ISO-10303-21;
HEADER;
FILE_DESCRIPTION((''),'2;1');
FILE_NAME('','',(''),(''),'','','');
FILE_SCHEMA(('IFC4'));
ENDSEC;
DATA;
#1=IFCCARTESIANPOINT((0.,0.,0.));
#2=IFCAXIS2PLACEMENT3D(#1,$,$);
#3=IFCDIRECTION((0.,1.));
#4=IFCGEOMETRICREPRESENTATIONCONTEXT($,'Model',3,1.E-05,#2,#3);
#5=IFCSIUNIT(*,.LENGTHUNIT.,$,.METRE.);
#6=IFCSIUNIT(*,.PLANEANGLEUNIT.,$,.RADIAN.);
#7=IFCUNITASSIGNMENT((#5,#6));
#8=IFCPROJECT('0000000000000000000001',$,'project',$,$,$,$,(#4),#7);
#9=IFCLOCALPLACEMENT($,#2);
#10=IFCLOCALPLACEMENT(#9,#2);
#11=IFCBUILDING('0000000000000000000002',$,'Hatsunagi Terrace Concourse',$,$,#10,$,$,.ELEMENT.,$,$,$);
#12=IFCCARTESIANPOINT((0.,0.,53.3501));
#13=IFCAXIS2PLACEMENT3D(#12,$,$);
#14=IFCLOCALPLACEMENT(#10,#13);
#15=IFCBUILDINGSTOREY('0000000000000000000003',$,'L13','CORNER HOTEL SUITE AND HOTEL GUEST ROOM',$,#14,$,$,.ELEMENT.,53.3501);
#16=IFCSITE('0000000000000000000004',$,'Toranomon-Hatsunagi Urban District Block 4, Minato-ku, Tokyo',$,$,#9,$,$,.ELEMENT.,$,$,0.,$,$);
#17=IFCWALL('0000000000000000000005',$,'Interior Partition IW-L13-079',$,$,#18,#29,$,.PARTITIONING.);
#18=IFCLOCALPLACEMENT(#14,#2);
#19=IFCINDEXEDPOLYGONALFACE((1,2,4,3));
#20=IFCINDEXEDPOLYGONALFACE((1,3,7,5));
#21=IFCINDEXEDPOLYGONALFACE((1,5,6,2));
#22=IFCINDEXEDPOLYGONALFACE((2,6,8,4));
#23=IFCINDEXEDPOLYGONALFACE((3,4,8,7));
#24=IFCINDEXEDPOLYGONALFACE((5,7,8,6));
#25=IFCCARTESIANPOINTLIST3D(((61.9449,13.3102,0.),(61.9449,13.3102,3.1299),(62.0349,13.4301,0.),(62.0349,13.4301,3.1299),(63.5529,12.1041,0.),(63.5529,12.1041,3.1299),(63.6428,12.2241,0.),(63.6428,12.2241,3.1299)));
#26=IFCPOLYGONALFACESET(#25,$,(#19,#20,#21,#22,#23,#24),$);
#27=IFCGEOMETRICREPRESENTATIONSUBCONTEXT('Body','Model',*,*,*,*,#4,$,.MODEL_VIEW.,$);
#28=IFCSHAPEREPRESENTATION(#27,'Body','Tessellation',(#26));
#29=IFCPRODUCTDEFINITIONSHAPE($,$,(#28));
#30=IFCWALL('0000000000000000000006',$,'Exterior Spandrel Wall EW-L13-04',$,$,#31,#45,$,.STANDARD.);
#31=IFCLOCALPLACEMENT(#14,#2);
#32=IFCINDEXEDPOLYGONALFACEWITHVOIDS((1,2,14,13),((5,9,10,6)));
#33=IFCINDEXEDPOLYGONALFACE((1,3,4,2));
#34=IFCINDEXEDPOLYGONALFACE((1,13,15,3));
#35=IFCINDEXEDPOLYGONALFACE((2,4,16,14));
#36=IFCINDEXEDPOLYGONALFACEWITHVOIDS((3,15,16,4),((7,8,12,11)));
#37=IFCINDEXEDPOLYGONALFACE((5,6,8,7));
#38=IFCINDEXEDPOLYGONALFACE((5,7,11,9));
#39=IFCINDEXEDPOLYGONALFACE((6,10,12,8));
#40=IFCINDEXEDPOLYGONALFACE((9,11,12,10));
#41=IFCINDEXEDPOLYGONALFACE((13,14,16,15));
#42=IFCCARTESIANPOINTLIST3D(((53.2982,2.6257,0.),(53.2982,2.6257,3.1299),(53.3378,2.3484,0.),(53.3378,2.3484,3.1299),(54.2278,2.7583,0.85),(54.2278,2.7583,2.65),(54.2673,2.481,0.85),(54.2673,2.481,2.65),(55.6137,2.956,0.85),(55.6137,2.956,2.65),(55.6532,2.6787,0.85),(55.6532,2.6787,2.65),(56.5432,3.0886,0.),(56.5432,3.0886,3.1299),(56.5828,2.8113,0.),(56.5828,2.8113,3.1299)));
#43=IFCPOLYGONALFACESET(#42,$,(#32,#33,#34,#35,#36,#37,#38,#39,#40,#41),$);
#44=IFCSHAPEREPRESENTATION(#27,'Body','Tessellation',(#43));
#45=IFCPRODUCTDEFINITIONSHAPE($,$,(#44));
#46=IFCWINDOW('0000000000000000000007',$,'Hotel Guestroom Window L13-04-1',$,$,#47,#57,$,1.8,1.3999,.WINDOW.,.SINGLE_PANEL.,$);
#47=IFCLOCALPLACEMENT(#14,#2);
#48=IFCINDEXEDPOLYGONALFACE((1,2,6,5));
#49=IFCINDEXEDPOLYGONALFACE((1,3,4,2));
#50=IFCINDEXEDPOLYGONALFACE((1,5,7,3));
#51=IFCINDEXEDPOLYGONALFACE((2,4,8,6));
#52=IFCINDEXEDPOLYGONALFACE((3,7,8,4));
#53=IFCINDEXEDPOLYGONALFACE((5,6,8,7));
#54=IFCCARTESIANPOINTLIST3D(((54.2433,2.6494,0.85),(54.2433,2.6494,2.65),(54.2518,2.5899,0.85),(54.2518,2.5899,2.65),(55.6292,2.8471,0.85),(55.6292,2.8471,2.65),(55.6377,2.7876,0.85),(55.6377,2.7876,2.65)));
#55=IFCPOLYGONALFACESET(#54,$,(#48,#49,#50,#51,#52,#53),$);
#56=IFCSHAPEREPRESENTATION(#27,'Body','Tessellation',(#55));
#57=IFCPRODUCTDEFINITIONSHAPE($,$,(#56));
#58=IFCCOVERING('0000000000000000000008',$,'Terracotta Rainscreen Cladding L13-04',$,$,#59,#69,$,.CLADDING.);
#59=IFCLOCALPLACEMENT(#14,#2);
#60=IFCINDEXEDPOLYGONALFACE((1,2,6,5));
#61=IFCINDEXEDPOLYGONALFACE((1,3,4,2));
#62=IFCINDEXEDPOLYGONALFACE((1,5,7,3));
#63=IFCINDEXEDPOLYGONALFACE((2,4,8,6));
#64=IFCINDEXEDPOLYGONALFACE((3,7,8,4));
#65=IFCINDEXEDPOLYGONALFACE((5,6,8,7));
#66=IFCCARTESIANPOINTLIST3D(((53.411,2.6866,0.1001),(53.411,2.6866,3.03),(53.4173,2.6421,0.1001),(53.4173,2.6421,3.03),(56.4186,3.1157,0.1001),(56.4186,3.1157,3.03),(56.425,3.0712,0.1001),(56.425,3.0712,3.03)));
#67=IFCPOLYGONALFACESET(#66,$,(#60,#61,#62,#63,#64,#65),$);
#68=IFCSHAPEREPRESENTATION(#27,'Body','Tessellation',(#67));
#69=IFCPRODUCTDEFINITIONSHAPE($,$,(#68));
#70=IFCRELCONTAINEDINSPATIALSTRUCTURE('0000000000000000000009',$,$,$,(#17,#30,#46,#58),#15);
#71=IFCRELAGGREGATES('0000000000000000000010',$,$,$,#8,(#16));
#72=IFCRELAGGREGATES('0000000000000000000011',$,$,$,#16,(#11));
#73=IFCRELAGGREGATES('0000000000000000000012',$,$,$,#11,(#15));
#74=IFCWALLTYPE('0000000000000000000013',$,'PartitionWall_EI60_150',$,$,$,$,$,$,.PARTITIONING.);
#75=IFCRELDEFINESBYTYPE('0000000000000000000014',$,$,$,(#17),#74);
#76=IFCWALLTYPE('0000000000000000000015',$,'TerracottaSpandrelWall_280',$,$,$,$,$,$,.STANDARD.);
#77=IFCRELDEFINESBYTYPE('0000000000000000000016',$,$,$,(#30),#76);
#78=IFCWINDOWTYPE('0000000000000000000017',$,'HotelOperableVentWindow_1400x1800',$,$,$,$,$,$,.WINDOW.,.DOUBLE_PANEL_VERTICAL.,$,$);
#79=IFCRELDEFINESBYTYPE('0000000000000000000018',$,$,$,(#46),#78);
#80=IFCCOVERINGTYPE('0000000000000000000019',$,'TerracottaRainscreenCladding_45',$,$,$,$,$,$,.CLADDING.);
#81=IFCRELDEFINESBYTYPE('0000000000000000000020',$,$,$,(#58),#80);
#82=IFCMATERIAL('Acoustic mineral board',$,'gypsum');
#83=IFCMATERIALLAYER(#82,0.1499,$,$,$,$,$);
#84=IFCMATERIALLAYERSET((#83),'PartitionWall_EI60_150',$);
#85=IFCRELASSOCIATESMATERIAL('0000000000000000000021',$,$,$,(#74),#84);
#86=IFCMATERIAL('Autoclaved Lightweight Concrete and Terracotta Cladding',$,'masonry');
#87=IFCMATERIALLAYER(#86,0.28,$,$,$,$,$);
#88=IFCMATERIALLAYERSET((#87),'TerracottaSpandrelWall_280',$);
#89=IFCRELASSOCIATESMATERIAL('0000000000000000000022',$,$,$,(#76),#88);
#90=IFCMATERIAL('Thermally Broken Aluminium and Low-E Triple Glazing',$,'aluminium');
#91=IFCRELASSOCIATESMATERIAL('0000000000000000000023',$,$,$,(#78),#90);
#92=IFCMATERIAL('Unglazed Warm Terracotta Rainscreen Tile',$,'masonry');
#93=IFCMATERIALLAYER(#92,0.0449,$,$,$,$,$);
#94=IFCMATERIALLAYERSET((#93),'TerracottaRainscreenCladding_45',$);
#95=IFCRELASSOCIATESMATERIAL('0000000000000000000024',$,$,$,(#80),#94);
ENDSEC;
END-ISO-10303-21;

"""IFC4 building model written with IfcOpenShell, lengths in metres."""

from ifc_helpers import new_model, si_unit, direction, frame, frame_2d, origin, origin_2d, place, context, subcontext, project, spatial, rectangle, extrude, material, layer, layer_set, type_object, element, fill, save


model = new_model("IFC4")

# Units and contexts
model_context = context("Model", 3, precision=1e-05, world=origin(), true_north=direction((0.0, 1.0)))
body_context = subcontext(model_context, "Body", "Model", "MODEL_VIEW")
ifc_project = project(units=[si_unit("LENGTHUNIT", "METRE"), si_unit("PLANEANGLEUNIT", "RADIAN")], contexts=[model_context])

# Site, building, storey
site_placement = place(None, origin())
site = spatial("IfcSite", under=ifc_project, at=site_placement, Name="Toranomon-Hatsunagi Urban District Block 4, Minato-ku, Tokyo", CompositionType="ELEMENT", RefElevation=0.0)
building_placement = place(site_placement, origin())
building = spatial("IfcBuilding", under=site, at=building_placement, Name="Hatsunagi Terrace Concourse", CompositionType="ELEMENT")
storey_placement = place(building_placement, frame((0.0, 0.0, 53.3501)))
storey = spatial("IfcBuildingStorey", under=building, at=storey_placement, Name="L13", Description="CORNER HOTEL SUITE AND HOTEL GUEST ROOM", CompositionType="ELEMENT", Elevation=53.3501)

# Wall
ifc_material_1 = material(Name="Acoustic mineral board", Category="gypsum")
ifc_layer_1 = layer(ifc_material_1, 0.1499)
ifc_layer_set_1 = layer_set([ifc_layer_1], Name="PartitionWall_EI60_150")
wall_type_1 = type_object("IfcWallType", Name="PartitionWall_EI60_150", PredefinedType="PARTITIONING", material=ifc_layer_set_1)
wall_1_placement = place(storey_placement, frame((61.99, 13.3701, 0.0), z_axis=(0.0, 0.0, 1.0), x_axis=(0.799971, -0.600039, 0.0)))
element("IfcWall", 1, at=wall_1_placement, inside=storey, type_object=wall_type_1, Name="Interior Partition IW-L13-079", PredefinedType="PARTITIONING", context=body_context, shape_type="SweptSolid", body=[
    extrude(rectangle(XDim=2.01, YDim=0.1499, at=frame_2d((1.0049, 0.0))), origin(), (0.0, 0.0, 1.0), 3.1299),
])

# Wall, opening, window
ifc_material_2 = material(Name="Autoclaved Lightweight Concrete and Terracotta Cladding", Category="masonry")
ifc_layer_2 = layer(ifc_material_2, 0.28)
ifc_layer_set_2 = layer_set([ifc_layer_2], Name="TerracottaSpandrelWall_280")
wall_type_2 = type_object("IfcWallType", Name="TerracottaSpandrelWall_280", PredefinedType="STANDARD", material=ifc_layer_set_2)
wall_2_placement = place(storey_placement, frame((56.563, 2.95, 0.0), z_axis=(0.0, 0.0, 1.0), x_axis=(-0.989978, -0.141223, 0.0)))
wall_2 = element("IfcWall", 2, at=wall_2_placement, inside=storey, type_object=wall_type_2, Name="Exterior Spandrel Wall EW-L13-04", PredefinedType="STANDARD", context=body_context, shape_type="SweptSolid", body=[
    extrude(rectangle(XDim=3.2778, YDim=0.28, at=frame_2d((1.6389, 0.0))), origin(), (0.0, 0.0, 1.0), 3.1299),
])
opening_1_placement = place(wall_2_placement, frame((0.939, 0.0, 0.8501)))
opening_1 = element("IfcOpeningElement", 3, at=opening_1_placement, cuts=wall_2, PredefinedType="OPENING", context=body_context, shape_type="SweptSolid", body=[
    extrude(rectangle(XDim=1.3999, YDim=1.8, at=frame_2d((0.7, 0.8999))), frame((0.0, 0.1499, 0.0), z_axis=(0.0, -1.0, 0.0), x_axis=(1.0, 0.0, 0.0)), (0.0, 0.0, 1.0), 0.3),
])
ifc_material_3 = material(Name="Thermally Broken Aluminium and Low-E Triple Glazing", Category="aluminium")
window_type = type_object("IfcWindowType", Name="HotelOperableVentWindow_1400x1800", PartitioningType="DOUBLE_PANEL_VERTICAL", PredefinedType="WINDOW", material=ifc_material_3)
window_placement = place(opening_1_placement, origin())
window = element("IfcWindow", 4, at=window_placement, inside=storey, type_object=window_type, Name="Hotel Guestroom Window L13-04-1", OverallHeight=1.8, OverallWidth=1.3999, PartitioningType="SINGLE_PANEL", PredefinedType="WINDOW", context=body_context, shape_type="SweptSolid", body=[
    extrude(rectangle(XDim=1.3999, YDim=1.8, at=frame_2d((0.7, 0.8999))), frame((0.0, 0.03, 0.0), z_axis=(0.0, -1.0, 0.0), x_axis=(1.0, 0.0, 0.0)), (0.0, 0.0, 1.0), 0.0601),
])
fill(opening_1, window)

# Covering
ifc_material_4 = material(Name="Unglazed Warm Terracotta Rainscreen Tile", Category="masonry")
ifc_layer_3 = layer(ifc_material_4, 0.0449)
ifc_layer_set_3 = layer_set([ifc_layer_3], Name="TerracottaRainscreenCladding_45")
covering_type = type_object("IfcCoveringType", Name="TerracottaRainscreenCladding_45", PredefinedType="CLADDING", material=ifc_layer_set_3)
covering_placement = place(storey_placement, frame((54.918, 2.8789, 0.1001), z_axis=(0.0, 0.0, 1.0), x_axis=(-0.989974, -0.14125, 0.0)))
element("IfcCovering", 5, at=covering_placement, inside=storey, type_object=covering_type, Name="Terracotta Rainscreen Cladding L13-04", PredefinedType="CLADDING", context=body_context, shape_type="SweptSolid", body=[
    extrude(rectangle(XDim=3.0381, YDim=0.0449, at=origin_2d()), origin(), (0.0, 0.0, 1.0), 2.9299),
])

save(model, "model.ifc")
